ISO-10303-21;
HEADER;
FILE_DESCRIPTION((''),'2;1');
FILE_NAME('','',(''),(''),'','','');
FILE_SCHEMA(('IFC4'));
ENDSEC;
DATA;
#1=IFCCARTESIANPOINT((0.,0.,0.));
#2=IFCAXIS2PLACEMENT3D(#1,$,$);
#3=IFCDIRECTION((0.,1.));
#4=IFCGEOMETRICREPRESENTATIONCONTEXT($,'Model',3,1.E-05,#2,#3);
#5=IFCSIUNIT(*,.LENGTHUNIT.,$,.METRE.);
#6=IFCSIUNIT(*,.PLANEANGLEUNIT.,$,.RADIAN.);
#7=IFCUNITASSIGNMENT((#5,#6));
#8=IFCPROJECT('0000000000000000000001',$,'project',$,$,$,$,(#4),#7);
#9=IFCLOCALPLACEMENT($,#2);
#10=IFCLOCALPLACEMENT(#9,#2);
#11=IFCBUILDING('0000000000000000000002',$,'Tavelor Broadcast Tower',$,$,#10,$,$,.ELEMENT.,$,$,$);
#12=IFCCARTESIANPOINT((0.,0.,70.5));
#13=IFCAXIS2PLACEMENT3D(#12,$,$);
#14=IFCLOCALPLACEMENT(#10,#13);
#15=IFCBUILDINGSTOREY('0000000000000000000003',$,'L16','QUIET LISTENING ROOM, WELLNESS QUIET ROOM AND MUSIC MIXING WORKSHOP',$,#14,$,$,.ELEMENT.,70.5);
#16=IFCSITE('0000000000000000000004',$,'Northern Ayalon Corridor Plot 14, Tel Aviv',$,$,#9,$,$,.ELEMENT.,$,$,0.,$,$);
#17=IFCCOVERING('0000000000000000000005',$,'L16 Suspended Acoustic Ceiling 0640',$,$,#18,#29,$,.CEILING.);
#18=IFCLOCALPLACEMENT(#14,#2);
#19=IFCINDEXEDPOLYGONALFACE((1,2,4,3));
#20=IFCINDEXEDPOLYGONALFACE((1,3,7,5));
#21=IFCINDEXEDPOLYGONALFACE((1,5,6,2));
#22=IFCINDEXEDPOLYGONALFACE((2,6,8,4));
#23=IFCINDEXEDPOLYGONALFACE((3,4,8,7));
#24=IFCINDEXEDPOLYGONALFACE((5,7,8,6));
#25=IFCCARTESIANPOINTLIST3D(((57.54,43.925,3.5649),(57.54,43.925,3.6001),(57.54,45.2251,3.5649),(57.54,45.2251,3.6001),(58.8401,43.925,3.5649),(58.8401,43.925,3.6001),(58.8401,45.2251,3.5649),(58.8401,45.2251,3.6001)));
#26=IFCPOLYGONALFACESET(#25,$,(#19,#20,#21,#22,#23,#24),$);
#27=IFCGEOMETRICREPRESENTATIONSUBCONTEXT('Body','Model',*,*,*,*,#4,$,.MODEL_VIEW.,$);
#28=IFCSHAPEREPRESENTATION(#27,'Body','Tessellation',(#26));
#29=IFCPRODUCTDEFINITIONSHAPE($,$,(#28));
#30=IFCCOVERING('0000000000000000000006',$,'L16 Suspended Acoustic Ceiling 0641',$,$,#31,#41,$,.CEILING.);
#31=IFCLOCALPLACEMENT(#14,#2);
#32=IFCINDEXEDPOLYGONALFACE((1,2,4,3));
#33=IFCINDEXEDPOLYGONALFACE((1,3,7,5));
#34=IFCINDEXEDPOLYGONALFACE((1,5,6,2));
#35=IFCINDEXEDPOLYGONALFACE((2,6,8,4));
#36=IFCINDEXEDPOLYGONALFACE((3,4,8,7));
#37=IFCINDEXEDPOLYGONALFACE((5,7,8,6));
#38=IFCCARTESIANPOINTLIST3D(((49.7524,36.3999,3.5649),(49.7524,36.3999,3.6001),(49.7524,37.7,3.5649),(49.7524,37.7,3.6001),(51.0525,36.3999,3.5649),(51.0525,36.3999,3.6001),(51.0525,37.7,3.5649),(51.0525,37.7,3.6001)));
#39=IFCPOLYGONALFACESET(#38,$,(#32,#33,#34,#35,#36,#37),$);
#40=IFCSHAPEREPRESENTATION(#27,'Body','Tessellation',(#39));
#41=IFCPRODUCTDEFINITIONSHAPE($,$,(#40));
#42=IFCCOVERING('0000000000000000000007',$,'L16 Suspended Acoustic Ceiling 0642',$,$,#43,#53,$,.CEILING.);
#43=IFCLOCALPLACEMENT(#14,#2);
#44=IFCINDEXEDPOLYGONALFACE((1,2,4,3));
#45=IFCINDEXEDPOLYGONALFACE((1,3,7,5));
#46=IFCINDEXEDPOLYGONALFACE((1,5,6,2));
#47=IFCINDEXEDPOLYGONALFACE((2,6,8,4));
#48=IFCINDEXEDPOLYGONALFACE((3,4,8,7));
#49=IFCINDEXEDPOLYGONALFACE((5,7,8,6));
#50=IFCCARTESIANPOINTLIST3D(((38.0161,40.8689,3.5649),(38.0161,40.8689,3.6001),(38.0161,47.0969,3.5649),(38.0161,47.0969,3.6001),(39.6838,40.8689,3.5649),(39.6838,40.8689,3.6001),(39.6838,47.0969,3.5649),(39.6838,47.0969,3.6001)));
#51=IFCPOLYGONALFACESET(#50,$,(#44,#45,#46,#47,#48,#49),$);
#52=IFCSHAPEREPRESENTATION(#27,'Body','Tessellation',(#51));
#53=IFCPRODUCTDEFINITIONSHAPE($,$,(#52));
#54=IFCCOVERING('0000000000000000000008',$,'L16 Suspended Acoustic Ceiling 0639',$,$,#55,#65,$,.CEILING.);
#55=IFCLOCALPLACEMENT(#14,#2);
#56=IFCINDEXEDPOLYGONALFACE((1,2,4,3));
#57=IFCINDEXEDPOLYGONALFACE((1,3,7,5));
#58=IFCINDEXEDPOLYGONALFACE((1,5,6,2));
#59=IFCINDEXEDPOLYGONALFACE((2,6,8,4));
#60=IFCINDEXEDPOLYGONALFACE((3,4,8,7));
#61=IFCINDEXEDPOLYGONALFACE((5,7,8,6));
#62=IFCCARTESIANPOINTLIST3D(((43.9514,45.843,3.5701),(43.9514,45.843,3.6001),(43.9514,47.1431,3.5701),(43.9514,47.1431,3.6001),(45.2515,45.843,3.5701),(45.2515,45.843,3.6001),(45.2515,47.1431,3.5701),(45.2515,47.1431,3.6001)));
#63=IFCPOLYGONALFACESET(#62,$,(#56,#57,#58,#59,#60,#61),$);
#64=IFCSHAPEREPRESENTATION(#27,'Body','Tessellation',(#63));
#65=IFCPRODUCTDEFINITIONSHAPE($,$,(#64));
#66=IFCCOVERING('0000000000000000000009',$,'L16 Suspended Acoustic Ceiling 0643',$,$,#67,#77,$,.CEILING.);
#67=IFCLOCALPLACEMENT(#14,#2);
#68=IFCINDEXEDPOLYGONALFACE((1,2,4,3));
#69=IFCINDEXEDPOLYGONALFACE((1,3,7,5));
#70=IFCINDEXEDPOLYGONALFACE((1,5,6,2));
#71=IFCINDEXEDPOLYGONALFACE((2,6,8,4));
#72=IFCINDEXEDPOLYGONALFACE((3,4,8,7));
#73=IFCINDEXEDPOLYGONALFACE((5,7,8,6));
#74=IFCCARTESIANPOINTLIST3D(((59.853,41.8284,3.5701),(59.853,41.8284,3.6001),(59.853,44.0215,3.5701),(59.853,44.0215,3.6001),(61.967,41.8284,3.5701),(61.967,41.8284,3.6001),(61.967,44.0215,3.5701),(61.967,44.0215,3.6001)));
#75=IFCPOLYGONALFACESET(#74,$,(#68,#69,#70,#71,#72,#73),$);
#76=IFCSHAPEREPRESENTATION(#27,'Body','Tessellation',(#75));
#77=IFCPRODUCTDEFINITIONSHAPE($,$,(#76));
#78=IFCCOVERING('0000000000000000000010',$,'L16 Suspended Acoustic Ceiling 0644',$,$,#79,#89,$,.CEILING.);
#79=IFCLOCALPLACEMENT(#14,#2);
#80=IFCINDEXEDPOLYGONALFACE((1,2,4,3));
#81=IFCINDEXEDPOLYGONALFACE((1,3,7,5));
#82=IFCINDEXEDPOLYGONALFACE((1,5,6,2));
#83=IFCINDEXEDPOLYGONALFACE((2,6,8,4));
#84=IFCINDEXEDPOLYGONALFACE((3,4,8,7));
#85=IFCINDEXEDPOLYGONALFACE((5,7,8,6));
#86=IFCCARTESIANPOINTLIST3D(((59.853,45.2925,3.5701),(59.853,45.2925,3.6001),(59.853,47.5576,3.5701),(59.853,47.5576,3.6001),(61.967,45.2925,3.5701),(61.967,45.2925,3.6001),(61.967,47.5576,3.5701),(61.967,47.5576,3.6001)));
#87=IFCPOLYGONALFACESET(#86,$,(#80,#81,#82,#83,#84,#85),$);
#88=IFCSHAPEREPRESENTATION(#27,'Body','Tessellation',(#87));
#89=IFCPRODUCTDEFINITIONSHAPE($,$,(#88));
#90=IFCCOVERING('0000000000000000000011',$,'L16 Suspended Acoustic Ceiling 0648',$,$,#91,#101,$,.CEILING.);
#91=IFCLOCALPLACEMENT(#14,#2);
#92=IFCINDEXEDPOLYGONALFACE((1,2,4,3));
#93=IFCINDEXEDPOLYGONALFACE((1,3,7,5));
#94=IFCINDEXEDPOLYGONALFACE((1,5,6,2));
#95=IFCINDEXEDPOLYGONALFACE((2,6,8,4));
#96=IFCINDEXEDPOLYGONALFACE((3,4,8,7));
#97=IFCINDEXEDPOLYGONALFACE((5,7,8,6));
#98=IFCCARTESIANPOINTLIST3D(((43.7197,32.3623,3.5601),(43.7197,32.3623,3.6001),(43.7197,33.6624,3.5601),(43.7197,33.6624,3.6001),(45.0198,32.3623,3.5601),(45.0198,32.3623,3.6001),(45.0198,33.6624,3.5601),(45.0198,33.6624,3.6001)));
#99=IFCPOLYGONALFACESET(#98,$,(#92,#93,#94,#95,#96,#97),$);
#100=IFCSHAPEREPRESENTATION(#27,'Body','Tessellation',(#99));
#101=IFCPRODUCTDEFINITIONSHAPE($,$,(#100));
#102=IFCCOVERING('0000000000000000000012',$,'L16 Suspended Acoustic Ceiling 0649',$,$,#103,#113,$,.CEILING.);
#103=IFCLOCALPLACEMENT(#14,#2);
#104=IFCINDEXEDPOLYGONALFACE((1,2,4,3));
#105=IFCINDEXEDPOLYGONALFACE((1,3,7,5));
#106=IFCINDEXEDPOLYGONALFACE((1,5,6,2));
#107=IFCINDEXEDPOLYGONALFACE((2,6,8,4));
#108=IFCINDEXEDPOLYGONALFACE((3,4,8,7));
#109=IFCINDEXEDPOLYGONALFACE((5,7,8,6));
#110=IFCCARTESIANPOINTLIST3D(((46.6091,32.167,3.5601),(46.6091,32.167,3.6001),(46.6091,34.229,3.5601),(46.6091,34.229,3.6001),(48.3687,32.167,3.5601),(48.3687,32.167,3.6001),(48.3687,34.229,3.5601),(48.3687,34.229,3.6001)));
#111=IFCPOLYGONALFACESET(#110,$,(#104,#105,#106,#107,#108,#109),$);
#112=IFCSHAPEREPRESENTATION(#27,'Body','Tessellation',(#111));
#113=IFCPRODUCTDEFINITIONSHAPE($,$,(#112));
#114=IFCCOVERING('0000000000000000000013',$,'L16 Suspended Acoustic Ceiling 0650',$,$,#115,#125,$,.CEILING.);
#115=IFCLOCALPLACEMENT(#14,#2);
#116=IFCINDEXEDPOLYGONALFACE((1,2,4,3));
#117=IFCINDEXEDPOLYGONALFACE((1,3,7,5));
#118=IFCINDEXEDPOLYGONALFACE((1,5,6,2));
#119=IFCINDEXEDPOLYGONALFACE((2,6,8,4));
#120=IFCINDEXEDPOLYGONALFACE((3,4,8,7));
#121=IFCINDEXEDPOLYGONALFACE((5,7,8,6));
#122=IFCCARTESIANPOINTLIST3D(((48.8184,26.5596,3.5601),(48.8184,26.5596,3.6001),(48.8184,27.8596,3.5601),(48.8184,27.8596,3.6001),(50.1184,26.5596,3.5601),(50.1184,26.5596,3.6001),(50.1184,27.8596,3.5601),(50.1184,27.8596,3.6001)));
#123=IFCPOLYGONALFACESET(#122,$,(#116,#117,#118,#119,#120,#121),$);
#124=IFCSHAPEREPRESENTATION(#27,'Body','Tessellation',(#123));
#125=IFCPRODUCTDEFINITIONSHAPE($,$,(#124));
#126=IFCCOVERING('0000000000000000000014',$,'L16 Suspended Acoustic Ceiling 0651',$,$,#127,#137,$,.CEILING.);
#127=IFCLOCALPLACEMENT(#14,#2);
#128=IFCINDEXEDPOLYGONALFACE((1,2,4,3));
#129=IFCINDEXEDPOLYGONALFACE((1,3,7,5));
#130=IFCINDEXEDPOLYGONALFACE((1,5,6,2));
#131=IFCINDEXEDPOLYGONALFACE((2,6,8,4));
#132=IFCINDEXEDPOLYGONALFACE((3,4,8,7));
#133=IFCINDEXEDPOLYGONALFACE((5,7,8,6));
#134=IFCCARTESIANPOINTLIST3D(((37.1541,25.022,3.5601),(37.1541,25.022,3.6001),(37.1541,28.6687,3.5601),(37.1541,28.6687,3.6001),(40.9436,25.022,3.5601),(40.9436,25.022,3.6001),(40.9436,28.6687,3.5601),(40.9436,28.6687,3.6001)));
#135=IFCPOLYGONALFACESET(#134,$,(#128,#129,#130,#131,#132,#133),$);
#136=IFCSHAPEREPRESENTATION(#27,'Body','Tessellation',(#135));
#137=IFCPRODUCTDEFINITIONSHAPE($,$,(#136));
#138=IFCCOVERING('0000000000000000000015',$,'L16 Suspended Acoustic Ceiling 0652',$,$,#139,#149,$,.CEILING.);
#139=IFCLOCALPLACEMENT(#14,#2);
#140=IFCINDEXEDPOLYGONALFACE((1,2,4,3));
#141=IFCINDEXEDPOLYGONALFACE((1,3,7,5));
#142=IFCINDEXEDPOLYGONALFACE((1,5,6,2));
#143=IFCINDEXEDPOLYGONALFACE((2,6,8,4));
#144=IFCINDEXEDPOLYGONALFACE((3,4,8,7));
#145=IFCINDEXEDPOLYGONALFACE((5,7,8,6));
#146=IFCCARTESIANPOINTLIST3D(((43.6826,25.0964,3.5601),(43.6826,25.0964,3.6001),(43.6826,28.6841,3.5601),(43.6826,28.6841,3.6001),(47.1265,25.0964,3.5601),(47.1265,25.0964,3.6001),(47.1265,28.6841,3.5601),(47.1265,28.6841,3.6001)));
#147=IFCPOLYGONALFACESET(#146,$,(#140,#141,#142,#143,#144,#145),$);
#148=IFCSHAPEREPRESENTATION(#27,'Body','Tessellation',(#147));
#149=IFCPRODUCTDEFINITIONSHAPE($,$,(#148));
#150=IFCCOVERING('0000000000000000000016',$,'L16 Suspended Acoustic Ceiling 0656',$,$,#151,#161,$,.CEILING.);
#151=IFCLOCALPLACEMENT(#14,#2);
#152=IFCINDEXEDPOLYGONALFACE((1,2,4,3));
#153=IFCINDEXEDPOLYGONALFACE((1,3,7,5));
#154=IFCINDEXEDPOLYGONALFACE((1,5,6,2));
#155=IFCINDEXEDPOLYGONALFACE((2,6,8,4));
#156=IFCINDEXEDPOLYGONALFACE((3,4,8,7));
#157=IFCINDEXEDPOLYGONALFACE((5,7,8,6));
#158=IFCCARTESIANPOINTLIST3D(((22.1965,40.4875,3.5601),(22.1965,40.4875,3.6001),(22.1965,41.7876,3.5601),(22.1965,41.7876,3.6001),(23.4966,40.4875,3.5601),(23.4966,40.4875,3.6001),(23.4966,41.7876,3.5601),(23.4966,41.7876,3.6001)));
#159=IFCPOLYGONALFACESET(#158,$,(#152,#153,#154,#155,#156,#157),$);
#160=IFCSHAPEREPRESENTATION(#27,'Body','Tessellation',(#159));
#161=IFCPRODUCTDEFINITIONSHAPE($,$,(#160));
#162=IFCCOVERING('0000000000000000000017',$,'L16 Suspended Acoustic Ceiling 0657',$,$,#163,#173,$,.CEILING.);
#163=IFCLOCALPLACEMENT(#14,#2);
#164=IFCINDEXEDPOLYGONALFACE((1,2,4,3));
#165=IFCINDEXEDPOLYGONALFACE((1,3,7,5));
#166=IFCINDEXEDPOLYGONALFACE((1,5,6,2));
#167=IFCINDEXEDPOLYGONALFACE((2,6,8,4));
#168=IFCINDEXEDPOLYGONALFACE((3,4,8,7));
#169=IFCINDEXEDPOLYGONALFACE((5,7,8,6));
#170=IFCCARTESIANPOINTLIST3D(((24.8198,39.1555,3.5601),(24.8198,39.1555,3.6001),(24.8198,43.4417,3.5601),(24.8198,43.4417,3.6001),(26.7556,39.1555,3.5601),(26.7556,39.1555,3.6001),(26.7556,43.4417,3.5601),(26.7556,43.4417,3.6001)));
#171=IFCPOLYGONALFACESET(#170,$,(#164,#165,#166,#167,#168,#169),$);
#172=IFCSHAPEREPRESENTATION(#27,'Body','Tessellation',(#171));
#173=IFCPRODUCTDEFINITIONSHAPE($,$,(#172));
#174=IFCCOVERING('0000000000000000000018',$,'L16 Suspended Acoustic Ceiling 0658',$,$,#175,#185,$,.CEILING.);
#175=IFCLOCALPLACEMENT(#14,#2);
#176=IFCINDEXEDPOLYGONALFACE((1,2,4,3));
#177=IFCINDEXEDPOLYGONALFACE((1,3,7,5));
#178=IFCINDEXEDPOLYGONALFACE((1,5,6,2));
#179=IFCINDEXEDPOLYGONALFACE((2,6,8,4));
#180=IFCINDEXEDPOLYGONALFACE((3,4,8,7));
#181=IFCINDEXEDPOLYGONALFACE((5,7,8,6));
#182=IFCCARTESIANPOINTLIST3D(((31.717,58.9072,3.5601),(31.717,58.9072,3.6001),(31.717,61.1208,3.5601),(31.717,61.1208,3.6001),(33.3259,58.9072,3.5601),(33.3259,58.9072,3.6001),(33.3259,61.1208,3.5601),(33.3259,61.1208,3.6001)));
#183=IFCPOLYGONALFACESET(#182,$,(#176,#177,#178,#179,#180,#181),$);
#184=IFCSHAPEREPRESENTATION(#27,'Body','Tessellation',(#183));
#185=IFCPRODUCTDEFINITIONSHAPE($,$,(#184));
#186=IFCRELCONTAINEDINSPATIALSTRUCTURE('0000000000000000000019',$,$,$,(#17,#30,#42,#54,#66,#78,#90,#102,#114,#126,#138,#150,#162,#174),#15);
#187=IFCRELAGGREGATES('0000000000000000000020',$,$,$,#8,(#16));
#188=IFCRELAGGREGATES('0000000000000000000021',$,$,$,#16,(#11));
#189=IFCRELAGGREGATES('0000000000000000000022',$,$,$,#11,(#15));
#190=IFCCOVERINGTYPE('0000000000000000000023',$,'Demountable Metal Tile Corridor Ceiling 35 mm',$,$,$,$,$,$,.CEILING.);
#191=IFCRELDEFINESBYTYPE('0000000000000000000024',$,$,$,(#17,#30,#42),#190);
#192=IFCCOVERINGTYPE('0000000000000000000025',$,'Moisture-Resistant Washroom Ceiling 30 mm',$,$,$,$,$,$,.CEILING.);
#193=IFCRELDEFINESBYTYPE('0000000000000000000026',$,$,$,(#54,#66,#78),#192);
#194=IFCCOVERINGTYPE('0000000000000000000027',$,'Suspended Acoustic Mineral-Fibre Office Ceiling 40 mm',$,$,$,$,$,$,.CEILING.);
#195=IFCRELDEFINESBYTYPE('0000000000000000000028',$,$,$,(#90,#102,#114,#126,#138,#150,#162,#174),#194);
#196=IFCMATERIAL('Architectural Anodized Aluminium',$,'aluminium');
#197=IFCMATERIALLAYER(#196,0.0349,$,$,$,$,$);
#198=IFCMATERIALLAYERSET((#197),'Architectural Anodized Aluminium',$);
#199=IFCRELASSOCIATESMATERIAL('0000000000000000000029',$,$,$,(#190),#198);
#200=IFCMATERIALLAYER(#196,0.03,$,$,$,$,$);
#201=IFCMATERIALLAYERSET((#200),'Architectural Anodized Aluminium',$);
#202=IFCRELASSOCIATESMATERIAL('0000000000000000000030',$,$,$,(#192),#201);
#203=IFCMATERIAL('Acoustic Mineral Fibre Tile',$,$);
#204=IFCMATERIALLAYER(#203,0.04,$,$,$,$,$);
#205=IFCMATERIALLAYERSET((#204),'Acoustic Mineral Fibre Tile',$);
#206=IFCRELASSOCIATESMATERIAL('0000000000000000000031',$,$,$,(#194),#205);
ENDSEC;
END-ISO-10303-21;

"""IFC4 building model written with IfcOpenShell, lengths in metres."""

from ifc_helpers import new_model, si_unit, direction, frame, origin, place, context, subcontext, project, spatial, polyline, outline, extrude, material, layer, layer_set, type_object, element, save


model = new_model("IFC4")

# Units and contexts
model_context = context("Model", 3, precision=1e-05, world=origin(), true_north=direction((0.0, 1.0)))
body_context = subcontext(model_context, "Body", "Model", "MODEL_VIEW")
ifc_project = project(units=[si_unit("LENGTHUNIT", "METRE"), si_unit("PLANEANGLEUNIT", "RADIAN")], contexts=[model_context])

# Site, building, storey
site_placement = place(None, origin())
site = spatial("IfcSite", under=ifc_project, at=site_placement, Name="Northern Ayalon Corridor Plot 14, Tel Aviv", CompositionType="ELEMENT", RefElevation=0.0)
building_placement = place(site_placement, origin())
building = spatial("IfcBuilding", under=site, at=building_placement, Name="Tavelor Broadcast Tower", CompositionType="ELEMENT")
storey_placement = place(building_placement, frame((0.0, 0.0, 70.5)))
storey = spatial("IfcBuildingStorey", under=building, at=storey_placement, Name="L16", Description="QUIET LISTENING ROOM, WELLNESS QUIET ROOM AND MUSIC MIXING WORKSHOP", CompositionType="ELEMENT", Elevation=70.5)

# Coverings
ifc_material_1 = material(Name="Architectural Anodized Aluminium", Category="aluminium")
ifc_layer_1 = layer(ifc_material_1, 0.0349)
ifc_layer_set_1 = layer_set([ifc_layer_1], Name="Architectural Anodized Aluminium")
covering_type_1 = type_object("IfcCoveringType", Name="Demountable Metal Tile Corridor Ceiling 35 mm", PredefinedType="CEILING", material=ifc_layer_set_1)
covering_1_placement = place(storey_placement, frame((0.0, 0.0, 3.5649)))
element("IfcCovering", 1, at=covering_1_placement, inside=storey, type_object=covering_type_1, Name="L16 Suspended Acoustic Ceiling 0640", PredefinedType="CEILING", context=body_context, shape_type="SweptSolid", body=[
    extrude(outline(polyline([(57.54, 43.925), (58.8401, 43.925), (58.8401, 45.2251), (57.54, 45.2251), (57.54, 43.925)])), origin(), (0.0, 0.0, 1.0), 0.0352),
])
covering_2_placement = place(storey_placement, frame((0.0, 0.0, 3.5649)))
element("IfcCovering", 2, at=covering_2_placement, inside=storey, type_object=covering_type_1, Name="L16 Suspended Acoustic Ceiling 0641", PredefinedType="CEILING", context=body_context, shape_type="SweptSolid", body=[
    extrude(outline(polyline([(49.7524, 36.3999), (51.0525, 36.3999), (51.0525, 37.7), (49.7524, 37.7), (49.7524, 36.3999)])), origin(), (0.0, 0.0, 1.0), 0.0352),
])
covering_3_placement = place(storey_placement, frame((0.0, 0.0, 3.5649)))
element("IfcCovering", 3, at=covering_3_placement, inside=storey, type_object=covering_type_1, Name="L16 Suspended Acoustic Ceiling 0642", PredefinedType="CEILING", context=body_context, shape_type="SweptSolid", body=[
    extrude(outline(polyline([(38.0161, 40.8689), (39.6838, 40.8689), (39.6838, 47.0969), (38.0161, 47.0969), (38.0161, 40.8689)])), origin(), (0.0, 0.0, 1.0), 0.0352),
])
ifc_layer_2 = layer(ifc_material_1, 0.03)
ifc_layer_set_2 = layer_set([ifc_layer_2], Name="Architectural Anodized Aluminium")
covering_type_2 = type_object("IfcCoveringType", Name="Moisture-Resistant Washroom Ceiling 30 mm", PredefinedType="CEILING", material=ifc_layer_set_2)
covering_4_placement = place(storey_placement, frame((0.0, 0.0, 3.5701)))
element("IfcCovering", 4, at=covering_4_placement, inside=storey, type_object=covering_type_2, Name="L16 Suspended Acoustic Ceiling 0639", PredefinedType="CEILING", context=body_context, shape_type="SweptSolid", body=[
    extrude(outline(polyline([(43.9514, 45.843), (45.2515, 45.843), (45.2515, 47.1431), (43.9514, 47.1431), (43.9514, 45.843)])), origin(), (0.0, 0.0, 1.0), 0.03),
])
covering_5_placement = place(storey_placement, frame((0.0, 0.0, 3.5701)))
element("IfcCovering", 5, at=covering_5_placement, inside=storey, type_object=covering_type_2, Name="L16 Suspended Acoustic Ceiling 0643", PredefinedType="CEILING", context=body_context, shape_type="SweptSolid", body=[
    extrude(outline(polyline([(59.853, 41.8284), (61.967, 41.8284), (61.967, 44.0215), (59.853, 44.0215), (59.853, 41.8284)])), origin(), (0.0, 0.0, 1.0), 0.03),
])
covering_6_placement = place(storey_placement, frame((0.0, 0.0, 3.5701)))
element("IfcCovering", 6, at=covering_6_placement, inside=storey, type_object=covering_type_2, Name="L16 Suspended Acoustic Ceiling 0644", PredefinedType="CEILING", context=body_context, shape_type="SweptSolid", body=[
    extrude(outline(polyline([(59.853, 45.2925), (61.967, 45.2925), (61.967, 47.5576), (59.853, 47.5576), (59.853, 45.2925)])), origin(), (0.0, 0.0, 1.0), 0.03),
])
ifc_material_2 = material(Name="Acoustic Mineral Fibre Tile")
ifc_layer_3 = layer(ifc_material_2, 0.04)
ifc_layer_set_3 = layer_set([ifc_layer_3], Name="Acoustic Mineral Fibre Tile")
covering_type_3 = type_object("IfcCoveringType", Name="Suspended Acoustic Mineral-Fibre Office Ceiling 40 mm", PredefinedType="CEILING", material=ifc_layer_set_3)
covering_7_placement = place(storey_placement, frame((0.0, 0.0, 3.5601)))
element("IfcCovering", 7, at=covering_7_placement, inside=storey, type_object=covering_type_3, Name="L16 Suspended Acoustic Ceiling 0648", PredefinedType="CEILING", context=body_context, shape_type="SweptSolid", body=[
    extrude(outline(polyline([(43.7197, 32.3623), (45.0198, 32.3623), (45.0198, 33.6624), (43.7197, 33.6624), (43.7197, 32.3623)])), origin(), (0.0, 0.0, 1.0), 0.04),
])
covering_8_placement = place(storey_placement, frame((0.0, 0.0, 3.5601)))
element("IfcCovering", 8, at=covering_8_placement, inside=storey, type_object=covering_type_3, Name="L16 Suspended Acoustic Ceiling 0649", PredefinedType="CEILING", context=body_context, shape_type="SweptSolid", body=[
    extrude(outline(polyline([(46.6091, 32.167), (48.3687, 32.167), (48.3687, 34.229), (46.6091, 34.229), (46.6091, 32.167)])), origin(), (0.0, 0.0, 1.0), 0.04),
])
covering_9_placement = place(storey_placement, frame((0.0, 0.0, 3.5601)))
element("IfcCovering", 9, at=covering_9_placement, inside=storey, type_object=covering_type_3, Name="L16 Suspended Acoustic Ceiling 0650", PredefinedType="CEILING", context=body_context, shape_type="SweptSolid", body=[
    extrude(outline(polyline([(48.8184, 26.5596), (50.1184, 26.5596), (50.1184, 27.8596), (48.8184, 27.8596), (48.8184, 26.5596)])), origin(), (0.0, 0.0, 1.0), 0.04),
])
covering_10_placement = place(storey_placement, frame((0.0, 0.0, 3.5601)))
element("IfcCovering", 10, at=covering_10_placement, inside=storey, type_object=covering_type_3, Name="L16 Suspended Acoustic Ceiling 0651", PredefinedType="CEILING", context=body_context, shape_type="SweptSolid", body=[
    extrude(outline(polyline([(37.1541, 25.022), (40.9436, 25.022), (40.9436, 28.6687), (37.1541, 28.6687), (37.1541, 25.022)])), origin(), (0.0, 0.0, 1.0), 0.04),
])
covering_11_placement = place(storey_placement, frame((0.0, 0.0, 3.5601)))
element("IfcCovering", 11, at=covering_11_placement, inside=storey, type_object=covering_type_3, Name="L16 Suspended Acoustic Ceiling 0652", PredefinedType="CEILING", context=body_context, shape_type="SweptSolid", body=[
    extrude(outline(polyline([(43.6826, 25.0964), (47.1265, 25.0964), (47.1265, 28.6841), (43.6826, 28.6841), (43.6826, 25.0964)])), origin(), (0.0, 0.0, 1.0), 0.04),
])
covering_12_placement = place(storey_placement, frame((0.0, 0.0, 3.5601)))
element("IfcCovering", 12, at=covering_12_placement, inside=storey, type_object=covering_type_3, Name="L16 Suspended Acoustic Ceiling 0656", PredefinedType="CEILING", context=body_context, shape_type="SweptSolid", body=[
    extrude(outline(polyline([(22.1965, 40.4875), (23.4966, 40.4875), (23.4966, 41.7876), (22.1965, 41.7876), (22.1965, 40.4875)])), origin(), (0.0, 0.0, 1.0), 0.04),
])
covering_13_placement = place(storey_placement, frame((0.0, 0.0, 3.5601)))
element("IfcCovering", 13, at=covering_13_placement, inside=storey, type_object=covering_type_3, Name="L16 Suspended Acoustic Ceiling 0657", PredefinedType="CEILING", context=body_context, shape_type="SweptSolid", body=[
    extrude(outline(polyline([(24.8198, 39.1555), (26.7556, 39.1555), (26.7556, 43.4417), (24.8198, 43.4417), (24.8198, 39.1555)])), origin(), (0.0, 0.0, 1.0), 0.04),
])
covering_14_placement = place(storey_placement, frame((0.0, 0.0, 3.5601)))
element("IfcCovering", 14, at=covering_14_placement, inside=storey, type_object=covering_type_3, Name="L16 Suspended Acoustic Ceiling 0658", PredefinedType="CEILING", context=body_context, shape_type="SweptSolid", body=[
    extrude(outline(polyline([(31.717, 58.9072), (33.3259, 58.9072), (33.3259, 61.1208), (31.717, 61.1208), (31.717, 58.9072)])), origin(), (0.0, 0.0, 1.0), 0.04),
])

save(model, "model.ifc")
